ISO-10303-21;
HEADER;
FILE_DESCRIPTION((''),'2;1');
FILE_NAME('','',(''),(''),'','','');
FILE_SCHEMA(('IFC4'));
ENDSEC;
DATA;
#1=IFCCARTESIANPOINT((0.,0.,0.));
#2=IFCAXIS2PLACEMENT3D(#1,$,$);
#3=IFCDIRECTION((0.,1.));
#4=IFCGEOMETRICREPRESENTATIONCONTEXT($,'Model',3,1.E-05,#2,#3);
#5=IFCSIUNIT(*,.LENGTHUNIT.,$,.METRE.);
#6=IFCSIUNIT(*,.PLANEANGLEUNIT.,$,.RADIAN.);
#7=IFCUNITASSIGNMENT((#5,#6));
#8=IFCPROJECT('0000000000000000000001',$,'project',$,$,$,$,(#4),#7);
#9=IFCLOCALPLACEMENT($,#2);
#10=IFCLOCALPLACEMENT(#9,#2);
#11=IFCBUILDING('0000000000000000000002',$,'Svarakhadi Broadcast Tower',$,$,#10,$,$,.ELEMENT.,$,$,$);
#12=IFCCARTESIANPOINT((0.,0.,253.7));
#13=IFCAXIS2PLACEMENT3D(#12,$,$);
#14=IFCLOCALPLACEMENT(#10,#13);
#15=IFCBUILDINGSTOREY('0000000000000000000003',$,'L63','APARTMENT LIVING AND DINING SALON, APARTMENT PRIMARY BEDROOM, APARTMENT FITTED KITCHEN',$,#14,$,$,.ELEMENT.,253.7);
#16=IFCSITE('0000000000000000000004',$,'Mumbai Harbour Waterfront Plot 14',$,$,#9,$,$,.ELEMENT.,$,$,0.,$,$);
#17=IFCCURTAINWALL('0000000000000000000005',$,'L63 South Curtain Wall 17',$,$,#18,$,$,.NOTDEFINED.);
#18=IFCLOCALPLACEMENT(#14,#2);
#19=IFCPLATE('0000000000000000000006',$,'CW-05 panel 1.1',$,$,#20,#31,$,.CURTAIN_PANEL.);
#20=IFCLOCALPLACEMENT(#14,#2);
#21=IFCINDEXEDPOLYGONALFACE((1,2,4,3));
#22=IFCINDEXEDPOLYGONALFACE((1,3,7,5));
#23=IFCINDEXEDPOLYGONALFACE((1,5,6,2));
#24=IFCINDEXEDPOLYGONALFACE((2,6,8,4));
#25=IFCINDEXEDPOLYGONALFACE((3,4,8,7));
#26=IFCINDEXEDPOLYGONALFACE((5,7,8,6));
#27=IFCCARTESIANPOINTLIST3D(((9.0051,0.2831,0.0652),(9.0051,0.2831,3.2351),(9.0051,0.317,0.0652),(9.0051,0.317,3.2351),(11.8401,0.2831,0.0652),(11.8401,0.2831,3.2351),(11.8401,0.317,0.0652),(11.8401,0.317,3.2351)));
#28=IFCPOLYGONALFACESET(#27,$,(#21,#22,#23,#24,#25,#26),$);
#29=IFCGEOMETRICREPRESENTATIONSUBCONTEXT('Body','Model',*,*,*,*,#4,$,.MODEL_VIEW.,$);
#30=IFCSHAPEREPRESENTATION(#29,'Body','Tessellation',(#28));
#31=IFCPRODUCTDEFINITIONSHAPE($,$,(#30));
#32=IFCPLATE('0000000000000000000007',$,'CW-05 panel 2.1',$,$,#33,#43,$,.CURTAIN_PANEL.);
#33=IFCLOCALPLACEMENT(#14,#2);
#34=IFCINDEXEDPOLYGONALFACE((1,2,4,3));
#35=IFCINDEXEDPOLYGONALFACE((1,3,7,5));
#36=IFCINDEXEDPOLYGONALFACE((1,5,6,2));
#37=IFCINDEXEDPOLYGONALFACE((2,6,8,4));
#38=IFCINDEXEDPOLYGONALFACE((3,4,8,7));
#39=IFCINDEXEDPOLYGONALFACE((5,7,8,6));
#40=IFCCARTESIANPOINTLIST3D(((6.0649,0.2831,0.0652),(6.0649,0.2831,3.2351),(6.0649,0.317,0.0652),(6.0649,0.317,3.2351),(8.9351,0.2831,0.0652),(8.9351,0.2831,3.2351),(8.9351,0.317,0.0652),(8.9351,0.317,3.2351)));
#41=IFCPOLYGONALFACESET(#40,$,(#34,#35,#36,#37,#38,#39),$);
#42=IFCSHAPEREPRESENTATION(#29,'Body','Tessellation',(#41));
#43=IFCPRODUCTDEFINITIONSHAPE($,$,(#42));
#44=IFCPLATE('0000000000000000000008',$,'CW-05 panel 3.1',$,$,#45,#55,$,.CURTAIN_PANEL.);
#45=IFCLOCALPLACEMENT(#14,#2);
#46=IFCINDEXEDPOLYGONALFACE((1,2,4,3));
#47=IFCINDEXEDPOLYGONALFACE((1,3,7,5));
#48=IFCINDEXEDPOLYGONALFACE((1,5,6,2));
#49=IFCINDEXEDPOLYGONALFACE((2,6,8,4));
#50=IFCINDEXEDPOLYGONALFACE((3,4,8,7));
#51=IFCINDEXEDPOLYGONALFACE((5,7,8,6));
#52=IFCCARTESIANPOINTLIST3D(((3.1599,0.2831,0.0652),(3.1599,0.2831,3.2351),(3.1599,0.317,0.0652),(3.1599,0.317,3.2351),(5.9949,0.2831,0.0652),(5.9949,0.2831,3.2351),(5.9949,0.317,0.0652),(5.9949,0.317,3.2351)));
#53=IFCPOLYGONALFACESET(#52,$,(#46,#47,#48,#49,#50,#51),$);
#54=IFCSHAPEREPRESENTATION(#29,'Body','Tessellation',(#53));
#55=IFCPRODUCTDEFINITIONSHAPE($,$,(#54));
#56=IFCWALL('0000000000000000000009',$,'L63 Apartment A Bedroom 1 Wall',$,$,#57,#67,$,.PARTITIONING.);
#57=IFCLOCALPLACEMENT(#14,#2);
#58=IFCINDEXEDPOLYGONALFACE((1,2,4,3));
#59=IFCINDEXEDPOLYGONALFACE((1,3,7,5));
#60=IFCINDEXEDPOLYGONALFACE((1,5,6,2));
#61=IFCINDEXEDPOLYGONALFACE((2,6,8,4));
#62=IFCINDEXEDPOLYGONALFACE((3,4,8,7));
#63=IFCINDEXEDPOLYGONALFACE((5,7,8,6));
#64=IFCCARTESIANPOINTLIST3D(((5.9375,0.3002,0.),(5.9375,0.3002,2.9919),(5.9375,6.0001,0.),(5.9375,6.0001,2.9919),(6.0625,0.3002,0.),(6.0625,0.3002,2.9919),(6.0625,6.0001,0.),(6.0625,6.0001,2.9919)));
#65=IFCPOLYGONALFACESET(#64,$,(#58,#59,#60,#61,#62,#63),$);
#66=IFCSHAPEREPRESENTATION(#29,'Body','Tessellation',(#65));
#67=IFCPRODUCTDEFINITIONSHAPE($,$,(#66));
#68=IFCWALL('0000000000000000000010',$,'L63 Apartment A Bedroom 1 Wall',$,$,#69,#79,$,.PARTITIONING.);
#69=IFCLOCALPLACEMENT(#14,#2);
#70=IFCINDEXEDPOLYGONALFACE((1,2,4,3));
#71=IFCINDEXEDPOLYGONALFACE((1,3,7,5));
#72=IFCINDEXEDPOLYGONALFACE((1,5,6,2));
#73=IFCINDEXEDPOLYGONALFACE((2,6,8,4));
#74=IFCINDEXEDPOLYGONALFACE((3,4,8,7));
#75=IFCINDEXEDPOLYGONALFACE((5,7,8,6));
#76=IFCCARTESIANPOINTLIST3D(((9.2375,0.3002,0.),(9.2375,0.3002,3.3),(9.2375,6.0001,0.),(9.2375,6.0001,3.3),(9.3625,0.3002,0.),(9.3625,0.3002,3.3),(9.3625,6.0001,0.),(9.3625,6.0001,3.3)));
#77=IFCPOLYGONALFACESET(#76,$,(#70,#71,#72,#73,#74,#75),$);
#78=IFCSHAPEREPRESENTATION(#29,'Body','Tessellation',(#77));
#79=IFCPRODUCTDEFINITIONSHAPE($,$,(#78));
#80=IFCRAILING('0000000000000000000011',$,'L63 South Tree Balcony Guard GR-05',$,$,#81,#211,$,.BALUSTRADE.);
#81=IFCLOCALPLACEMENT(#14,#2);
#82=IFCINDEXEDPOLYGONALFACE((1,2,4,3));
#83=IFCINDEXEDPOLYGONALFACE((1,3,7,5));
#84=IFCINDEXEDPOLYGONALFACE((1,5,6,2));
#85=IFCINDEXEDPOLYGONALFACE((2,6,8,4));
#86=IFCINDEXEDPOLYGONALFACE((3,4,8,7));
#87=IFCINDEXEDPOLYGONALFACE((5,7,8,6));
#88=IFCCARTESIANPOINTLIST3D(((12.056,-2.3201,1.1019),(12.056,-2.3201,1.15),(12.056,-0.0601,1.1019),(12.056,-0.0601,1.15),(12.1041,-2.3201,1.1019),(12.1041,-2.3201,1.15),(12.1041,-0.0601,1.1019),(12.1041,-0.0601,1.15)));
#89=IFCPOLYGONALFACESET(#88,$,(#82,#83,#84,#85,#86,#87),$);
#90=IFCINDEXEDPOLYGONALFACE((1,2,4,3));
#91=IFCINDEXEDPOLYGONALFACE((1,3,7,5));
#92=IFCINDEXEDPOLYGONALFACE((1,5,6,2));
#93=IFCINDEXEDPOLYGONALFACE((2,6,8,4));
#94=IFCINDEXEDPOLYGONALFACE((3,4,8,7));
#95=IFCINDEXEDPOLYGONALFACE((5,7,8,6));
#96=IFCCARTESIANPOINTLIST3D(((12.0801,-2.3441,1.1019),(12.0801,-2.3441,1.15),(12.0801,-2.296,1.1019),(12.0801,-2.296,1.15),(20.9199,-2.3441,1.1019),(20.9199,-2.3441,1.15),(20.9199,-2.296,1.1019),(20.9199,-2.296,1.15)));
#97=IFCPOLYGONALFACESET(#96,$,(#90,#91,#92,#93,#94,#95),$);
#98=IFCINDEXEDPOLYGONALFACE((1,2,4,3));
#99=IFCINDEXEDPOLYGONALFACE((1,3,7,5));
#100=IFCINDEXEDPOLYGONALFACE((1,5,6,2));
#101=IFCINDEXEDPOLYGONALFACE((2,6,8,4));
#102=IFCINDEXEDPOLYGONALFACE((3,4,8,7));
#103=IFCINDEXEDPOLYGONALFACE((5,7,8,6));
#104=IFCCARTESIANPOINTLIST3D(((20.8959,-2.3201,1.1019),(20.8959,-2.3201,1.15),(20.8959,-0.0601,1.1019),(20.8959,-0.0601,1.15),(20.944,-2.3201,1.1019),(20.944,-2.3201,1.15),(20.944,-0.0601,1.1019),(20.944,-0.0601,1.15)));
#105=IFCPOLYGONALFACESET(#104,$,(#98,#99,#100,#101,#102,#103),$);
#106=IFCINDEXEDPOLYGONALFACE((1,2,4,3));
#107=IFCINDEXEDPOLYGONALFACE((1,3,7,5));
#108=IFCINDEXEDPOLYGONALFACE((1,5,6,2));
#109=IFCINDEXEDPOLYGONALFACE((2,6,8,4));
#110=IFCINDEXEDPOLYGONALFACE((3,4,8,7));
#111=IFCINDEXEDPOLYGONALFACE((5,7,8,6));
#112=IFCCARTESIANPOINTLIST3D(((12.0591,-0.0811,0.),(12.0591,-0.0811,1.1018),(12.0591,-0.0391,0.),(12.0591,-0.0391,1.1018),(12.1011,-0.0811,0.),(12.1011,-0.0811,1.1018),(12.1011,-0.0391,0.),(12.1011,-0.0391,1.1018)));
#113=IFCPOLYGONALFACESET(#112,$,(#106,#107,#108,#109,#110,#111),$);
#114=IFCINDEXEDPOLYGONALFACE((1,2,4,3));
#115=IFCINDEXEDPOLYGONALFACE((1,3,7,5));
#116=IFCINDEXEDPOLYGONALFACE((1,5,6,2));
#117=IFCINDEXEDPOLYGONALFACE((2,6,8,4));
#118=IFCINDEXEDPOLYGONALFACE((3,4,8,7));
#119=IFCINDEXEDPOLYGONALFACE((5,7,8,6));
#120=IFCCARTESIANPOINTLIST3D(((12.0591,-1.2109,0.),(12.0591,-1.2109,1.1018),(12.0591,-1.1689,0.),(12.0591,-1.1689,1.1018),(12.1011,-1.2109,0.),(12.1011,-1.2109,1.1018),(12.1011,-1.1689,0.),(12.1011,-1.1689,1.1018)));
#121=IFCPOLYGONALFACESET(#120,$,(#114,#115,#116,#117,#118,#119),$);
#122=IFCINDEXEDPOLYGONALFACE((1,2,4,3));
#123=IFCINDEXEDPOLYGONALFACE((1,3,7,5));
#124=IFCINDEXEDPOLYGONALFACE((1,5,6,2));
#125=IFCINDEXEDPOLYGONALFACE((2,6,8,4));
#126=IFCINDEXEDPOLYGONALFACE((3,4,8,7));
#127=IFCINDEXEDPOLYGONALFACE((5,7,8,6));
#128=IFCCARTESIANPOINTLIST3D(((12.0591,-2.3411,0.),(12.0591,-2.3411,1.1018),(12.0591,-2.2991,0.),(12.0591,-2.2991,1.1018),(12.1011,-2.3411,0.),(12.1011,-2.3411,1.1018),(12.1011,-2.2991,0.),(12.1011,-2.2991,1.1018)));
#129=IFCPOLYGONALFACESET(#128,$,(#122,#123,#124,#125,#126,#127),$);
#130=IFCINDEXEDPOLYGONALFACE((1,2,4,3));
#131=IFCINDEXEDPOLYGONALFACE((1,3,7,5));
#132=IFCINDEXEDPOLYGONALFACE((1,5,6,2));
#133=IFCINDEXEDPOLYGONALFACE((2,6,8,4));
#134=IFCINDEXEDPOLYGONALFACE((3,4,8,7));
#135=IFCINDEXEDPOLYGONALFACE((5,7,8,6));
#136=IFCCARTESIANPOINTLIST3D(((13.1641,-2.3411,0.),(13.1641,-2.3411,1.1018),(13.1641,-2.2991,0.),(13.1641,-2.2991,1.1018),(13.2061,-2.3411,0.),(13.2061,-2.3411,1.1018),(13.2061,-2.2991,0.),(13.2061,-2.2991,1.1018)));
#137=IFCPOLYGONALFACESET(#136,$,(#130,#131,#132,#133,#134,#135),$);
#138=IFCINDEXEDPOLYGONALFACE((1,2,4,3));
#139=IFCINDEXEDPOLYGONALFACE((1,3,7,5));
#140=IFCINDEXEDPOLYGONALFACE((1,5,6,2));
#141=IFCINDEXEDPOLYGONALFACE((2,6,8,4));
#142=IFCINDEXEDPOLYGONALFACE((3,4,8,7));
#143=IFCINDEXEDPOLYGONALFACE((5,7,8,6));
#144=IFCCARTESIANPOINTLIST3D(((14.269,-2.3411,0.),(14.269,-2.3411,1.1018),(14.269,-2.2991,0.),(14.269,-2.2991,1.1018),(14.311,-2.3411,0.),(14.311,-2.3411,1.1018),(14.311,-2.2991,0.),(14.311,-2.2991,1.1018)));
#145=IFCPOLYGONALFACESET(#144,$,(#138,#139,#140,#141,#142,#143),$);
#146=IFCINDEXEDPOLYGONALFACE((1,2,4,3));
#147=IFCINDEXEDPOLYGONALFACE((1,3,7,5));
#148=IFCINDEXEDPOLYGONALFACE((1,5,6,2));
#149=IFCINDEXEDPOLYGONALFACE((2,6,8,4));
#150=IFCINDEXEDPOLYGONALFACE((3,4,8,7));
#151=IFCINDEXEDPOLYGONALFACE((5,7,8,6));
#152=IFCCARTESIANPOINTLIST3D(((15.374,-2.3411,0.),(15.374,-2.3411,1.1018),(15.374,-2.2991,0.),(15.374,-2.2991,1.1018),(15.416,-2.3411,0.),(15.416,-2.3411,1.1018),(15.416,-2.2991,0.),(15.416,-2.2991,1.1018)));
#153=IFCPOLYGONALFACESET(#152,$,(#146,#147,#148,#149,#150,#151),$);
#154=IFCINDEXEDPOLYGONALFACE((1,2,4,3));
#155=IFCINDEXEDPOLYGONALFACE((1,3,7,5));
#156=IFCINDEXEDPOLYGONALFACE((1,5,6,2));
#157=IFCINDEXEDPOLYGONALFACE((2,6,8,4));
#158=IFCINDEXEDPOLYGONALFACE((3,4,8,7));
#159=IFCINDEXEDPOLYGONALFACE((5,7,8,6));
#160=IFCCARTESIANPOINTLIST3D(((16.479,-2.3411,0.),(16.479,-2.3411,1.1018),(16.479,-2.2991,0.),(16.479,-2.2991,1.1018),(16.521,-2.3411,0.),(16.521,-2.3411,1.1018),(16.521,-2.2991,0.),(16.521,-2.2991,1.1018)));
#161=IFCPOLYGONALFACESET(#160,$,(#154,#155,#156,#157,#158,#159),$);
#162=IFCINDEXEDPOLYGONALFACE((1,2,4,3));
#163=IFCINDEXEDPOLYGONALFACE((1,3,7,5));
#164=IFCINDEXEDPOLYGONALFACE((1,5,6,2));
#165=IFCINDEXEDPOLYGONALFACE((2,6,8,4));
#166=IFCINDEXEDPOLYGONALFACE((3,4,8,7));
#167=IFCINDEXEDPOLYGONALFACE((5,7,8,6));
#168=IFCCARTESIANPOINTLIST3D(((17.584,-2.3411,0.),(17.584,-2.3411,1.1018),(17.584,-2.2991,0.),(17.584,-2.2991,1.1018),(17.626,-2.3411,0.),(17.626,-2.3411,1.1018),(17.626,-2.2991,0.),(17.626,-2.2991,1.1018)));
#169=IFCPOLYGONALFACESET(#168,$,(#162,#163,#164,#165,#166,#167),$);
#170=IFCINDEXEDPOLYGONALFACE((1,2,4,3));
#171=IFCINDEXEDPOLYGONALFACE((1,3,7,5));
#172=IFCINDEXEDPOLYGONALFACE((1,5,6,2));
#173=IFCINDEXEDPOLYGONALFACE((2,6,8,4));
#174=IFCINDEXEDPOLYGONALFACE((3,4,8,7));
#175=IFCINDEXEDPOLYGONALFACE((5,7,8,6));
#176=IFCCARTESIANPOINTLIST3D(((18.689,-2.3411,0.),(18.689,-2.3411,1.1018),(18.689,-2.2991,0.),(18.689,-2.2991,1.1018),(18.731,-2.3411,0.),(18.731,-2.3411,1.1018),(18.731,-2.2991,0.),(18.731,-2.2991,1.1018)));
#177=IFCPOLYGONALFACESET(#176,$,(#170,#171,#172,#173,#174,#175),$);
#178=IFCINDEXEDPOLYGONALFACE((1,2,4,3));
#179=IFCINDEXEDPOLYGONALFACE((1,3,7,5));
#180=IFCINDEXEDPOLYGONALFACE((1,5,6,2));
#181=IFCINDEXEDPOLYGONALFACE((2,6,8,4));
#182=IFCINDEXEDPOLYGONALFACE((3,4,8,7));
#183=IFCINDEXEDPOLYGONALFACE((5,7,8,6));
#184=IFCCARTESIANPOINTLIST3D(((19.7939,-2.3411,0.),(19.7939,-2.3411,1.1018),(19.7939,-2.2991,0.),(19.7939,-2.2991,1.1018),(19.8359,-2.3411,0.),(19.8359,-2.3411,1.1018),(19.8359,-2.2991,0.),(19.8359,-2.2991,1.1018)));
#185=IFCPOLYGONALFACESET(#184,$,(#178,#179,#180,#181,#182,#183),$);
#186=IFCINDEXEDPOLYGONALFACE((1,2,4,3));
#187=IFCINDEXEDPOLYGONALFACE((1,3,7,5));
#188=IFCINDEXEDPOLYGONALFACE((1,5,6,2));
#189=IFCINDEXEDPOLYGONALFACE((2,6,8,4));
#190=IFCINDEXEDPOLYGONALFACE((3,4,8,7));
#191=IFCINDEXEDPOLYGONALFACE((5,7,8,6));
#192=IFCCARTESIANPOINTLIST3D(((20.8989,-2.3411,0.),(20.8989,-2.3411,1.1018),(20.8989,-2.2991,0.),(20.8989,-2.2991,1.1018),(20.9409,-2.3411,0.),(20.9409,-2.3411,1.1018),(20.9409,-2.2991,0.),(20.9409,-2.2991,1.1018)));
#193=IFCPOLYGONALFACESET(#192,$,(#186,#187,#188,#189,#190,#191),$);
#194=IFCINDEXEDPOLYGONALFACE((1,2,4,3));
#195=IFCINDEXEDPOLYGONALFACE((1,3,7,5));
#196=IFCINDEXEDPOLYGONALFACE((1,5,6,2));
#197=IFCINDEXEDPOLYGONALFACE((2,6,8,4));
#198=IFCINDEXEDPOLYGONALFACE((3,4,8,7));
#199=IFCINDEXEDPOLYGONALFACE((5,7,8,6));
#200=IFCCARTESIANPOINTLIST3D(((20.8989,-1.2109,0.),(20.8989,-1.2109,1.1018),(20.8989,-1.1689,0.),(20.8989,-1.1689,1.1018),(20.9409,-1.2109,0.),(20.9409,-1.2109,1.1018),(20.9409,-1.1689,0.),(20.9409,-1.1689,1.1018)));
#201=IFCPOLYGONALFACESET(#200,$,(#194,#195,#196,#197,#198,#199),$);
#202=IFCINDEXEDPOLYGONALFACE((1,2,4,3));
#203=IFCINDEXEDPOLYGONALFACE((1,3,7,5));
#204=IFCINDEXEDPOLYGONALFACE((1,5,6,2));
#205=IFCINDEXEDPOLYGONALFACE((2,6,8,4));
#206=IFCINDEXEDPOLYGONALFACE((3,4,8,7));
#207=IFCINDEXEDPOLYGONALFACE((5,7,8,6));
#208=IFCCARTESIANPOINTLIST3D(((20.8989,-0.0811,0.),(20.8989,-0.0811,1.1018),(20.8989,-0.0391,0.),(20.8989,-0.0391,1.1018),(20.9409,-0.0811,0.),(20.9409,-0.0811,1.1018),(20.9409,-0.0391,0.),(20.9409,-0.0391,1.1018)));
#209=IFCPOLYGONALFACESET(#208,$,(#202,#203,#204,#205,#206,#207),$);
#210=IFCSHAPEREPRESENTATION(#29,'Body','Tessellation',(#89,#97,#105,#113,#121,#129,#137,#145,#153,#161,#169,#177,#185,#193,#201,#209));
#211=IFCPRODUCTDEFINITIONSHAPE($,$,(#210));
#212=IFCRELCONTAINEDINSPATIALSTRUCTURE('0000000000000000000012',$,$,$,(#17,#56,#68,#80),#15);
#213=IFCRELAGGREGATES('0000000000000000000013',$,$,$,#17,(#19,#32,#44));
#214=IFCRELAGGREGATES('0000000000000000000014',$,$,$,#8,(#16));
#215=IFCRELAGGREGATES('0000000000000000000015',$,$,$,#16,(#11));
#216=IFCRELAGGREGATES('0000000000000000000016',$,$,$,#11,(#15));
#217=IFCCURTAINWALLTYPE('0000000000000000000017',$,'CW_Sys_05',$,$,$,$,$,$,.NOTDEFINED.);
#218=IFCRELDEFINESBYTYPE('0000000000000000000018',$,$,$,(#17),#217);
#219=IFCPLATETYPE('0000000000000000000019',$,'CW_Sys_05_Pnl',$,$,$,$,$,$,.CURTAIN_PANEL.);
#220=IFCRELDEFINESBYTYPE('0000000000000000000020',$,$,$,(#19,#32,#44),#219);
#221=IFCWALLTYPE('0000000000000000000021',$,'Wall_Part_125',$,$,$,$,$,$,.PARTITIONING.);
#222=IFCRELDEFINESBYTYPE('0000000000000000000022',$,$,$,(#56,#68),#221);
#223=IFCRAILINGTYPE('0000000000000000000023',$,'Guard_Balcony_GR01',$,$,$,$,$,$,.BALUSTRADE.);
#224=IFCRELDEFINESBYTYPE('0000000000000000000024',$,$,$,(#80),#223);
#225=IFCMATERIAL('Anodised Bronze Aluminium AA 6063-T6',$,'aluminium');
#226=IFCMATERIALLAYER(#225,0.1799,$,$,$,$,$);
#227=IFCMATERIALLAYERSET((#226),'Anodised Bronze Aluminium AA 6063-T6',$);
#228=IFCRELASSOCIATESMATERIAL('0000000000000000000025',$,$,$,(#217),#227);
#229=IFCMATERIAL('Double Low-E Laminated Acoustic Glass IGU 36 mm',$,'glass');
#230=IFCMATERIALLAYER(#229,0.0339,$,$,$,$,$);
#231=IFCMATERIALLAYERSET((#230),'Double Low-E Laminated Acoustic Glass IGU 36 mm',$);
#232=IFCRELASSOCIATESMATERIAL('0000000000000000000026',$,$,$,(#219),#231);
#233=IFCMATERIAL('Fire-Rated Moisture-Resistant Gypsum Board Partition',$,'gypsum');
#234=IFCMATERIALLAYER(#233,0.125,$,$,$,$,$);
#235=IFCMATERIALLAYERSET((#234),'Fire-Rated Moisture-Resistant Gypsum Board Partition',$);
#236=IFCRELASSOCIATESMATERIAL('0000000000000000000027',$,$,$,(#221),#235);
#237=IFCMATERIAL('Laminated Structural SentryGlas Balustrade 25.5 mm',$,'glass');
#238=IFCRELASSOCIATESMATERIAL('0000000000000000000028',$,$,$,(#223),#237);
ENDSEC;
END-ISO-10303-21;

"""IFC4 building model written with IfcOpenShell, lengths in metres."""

from ifc_helpers import new_model, si_unit, direction, frame, frame_2d, origin, origin_2d, place, context, subcontext, project, spatial, rectangle, extrude, material, layer, layer_set, type_object, element, aggregate, save


model = new_model("IFC4")

# Units and contexts
model_context = context("Model", 3, precision=1e-05, world=origin(), true_north=direction((0.0, 1.0)))
body_context = subcontext(model_context, "Body", "Model", "MODEL_VIEW")
ifc_project = project(units=[si_unit("LENGTHUNIT", "METRE"), si_unit("PLANEANGLEUNIT", "RADIAN")], contexts=[model_context])

# Site, building, storey
site_placement = place(None, origin())
site = spatial("IfcSite", under=ifc_project, at=site_placement, Name="Mumbai Harbour Waterfront Plot 14", CompositionType="ELEMENT", RefElevation=0.0)
building_placement = place(site_placement, origin())
building = spatial("IfcBuilding", under=site, at=building_placement, Name="Svarakhadi Broadcast Tower", CompositionType="ELEMENT")
storey_placement = place(building_placement, frame((0.0, 0.0, 253.7)))
storey = spatial("IfcBuildingStorey", under=building, at=storey_placement, Name="L63", Description="APARTMENT LIVING AND DINING SALON, APARTMENT PRIMARY BEDROOM, APARTMENT FITTED KITCHEN", CompositionType="ELEMENT", Elevation=253.7)

# Curtain wall
ifc_material_1 = material(Name="Anodised Bronze Aluminium AA 6063-T6", Category="aluminium")
ifc_layer_1 = layer(ifc_material_1, 0.1799)
ifc_layer_set_1 = layer_set([ifc_layer_1], Name="Anodised Bronze Aluminium AA 6063-T6")
curtain_wall_type = type_object("IfcCurtainWallType", Name="CW_Sys_05", PredefinedType="NOTDEFINED", material=ifc_layer_set_1)
curtain_wall_placement = place(storey_placement, origin())
curtain_wall = element("IfcCurtainWall", 1, at=curtain_wall_placement, inside=storey, type_object=curtain_wall_type, Name="L63 South Curtain Wall 17", PredefinedType="NOTDEFINED")

# Plates
ifc_material_2 = material(Name="Double Low-E Laminated Acoustic Glass IGU 36 mm", Category="glass")
ifc_layer_2 = layer(ifc_material_2, 0.0339)
ifc_layer_set_2 = layer_set([ifc_layer_2], Name="Double Low-E Laminated Acoustic Glass IGU 36 mm")
plate_type = type_object("IfcPlateType", Name="CW_Sys_05_Pnl", PredefinedType="CURTAIN_PANEL", material=ifc_layer_set_2)
plate_1_placement = place(storey_placement, frame((10.4226, 0.3, 0.0652), z_axis=(0.0, 0.0, 1.0), x_axis=(-1.0, 0.0, 0.0)))
plate_1 = element("IfcPlate", 2, at=plate_1_placement, type_object=plate_type, Name="CW-05 panel 1.1", PredefinedType="CURTAIN_PANEL", context=body_context, shape_type="SweptSolid", body=[
    extrude(rectangle(XDim=2.835, YDim=0.0339, at=origin_2d()), origin(), (0.0, 0.0, 1.0), 3.1699),
])
plate_2_placement = place(storey_placement, frame((7.5, 0.3, 0.0652), z_axis=(0.0, 0.0, 1.0), x_axis=(-1.0, 0.0, 0.0)))
plate_2 = element("IfcPlate", 3, at=plate_2_placement, type_object=plate_type, Name="CW-05 panel 2.1", PredefinedType="CURTAIN_PANEL", context=body_context, shape_type="SweptSolid", body=[
    extrude(rectangle(XDim=2.8701, YDim=0.0339, at=origin_2d()), origin(), (0.0, 0.0, 1.0), 3.1699),
])
plate_3_placement = place(storey_placement, frame((4.5774, 0.3, 0.0652), z_axis=(0.0, 0.0, 1.0), x_axis=(-1.0, 0.0, 0.0)))
plate_3 = element("IfcPlate", 4, at=plate_3_placement, type_object=plate_type, Name="CW-05 panel 3.1", PredefinedType="CURTAIN_PANEL", context=body_context, shape_type="SweptSolid", body=[
    extrude(rectangle(XDim=2.835, YDim=0.0339, at=origin_2d()), origin(), (0.0, 0.0, 1.0), 3.1699),
])
aggregate(curtain_wall, [plate_1, plate_2, plate_3])

# Walls
ifc_material_3 = material(Name="Fire-Rated Moisture-Resistant Gypsum Board Partition", Category="gypsum")
ifc_layer_3 = layer(ifc_material_3, 0.125)
ifc_layer_set_3 = layer_set([ifc_layer_3], Name="Fire-Rated Moisture-Resistant Gypsum Board Partition")
wall_type = type_object("IfcWallType", Name="Wall_Part_125", PredefinedType="PARTITIONING", material=ifc_layer_set_3)
wall_1_placement = place(storey_placement, frame((6.0, 0.3, 0.0), z_axis=(0.0, 0.0, 1.0), x_axis=(0.0, 1.0, 0.0)))
element("IfcWall", 5, at=wall_1_placement, inside=storey, type_object=wall_type, Name="L63 Apartment A Bedroom 1 Wall", PredefinedType="PARTITIONING", context=body_context, shape_type="SweptSolid", body=[
    extrude(rectangle(XDim=5.7, YDim=0.125, at=frame_2d((2.8501, 0.0))), origin(), (0.0, 0.0, 1.0), 2.9919),
])
wall_2_placement = place(storey_placement, frame((9.3, 0.3, 0.0), z_axis=(0.0, 0.0, 1.0), x_axis=(0.0, 1.0, 0.0)))
element("IfcWall", 6, at=wall_2_placement, inside=storey, type_object=wall_type, Name="L63 Apartment A Bedroom 1 Wall", PredefinedType="PARTITIONING", context=body_context, shape_type="SweptSolid", body=[
    extrude(rectangle(XDim=5.7, YDim=0.125, at=frame_2d((2.8501, 0.0))), origin(), (0.0, 0.0, 1.0), 3.3),
])

# Railing
ifc_material_4 = material(Name="Laminated Structural SentryGlas Balustrade 25.5 mm", Category="glass")
railing_type = type_object("IfcRailingType", Name="Guard_Balcony_GR01", PredefinedType="BALUSTRADE", material=ifc_material_4)
railing_placement = place(storey_placement, frame((12.0801, -0.0601, 0.0)))
element("IfcRailing", 7, at=railing_placement, inside=storey, type_object=railing_type, Name="L63 South Tree Balcony Guard GR-05", PredefinedType="BALUSTRADE", context=body_context, shape_type="SweptSolid", body=[
    extrude(rectangle(XDim=0.0481, YDim=0.0481, at=origin_2d()), frame((0.0, 0.0, 1.126), z_axis=(0.0, -1.0, 0.0), x_axis=(1.0, 0.0, 0.0)), (0.0, 0.0, 1.0), 2.26),
    extrude(rectangle(XDim=0.0481, YDim=0.0481, at=origin_2d()), frame((0.0, -2.26, 1.126), z_axis=(1.0, 0.0, 0.0), x_axis=(0.0, 1.0, 0.0)), (0.0, 0.0, 1.0), 8.8398),
    extrude(rectangle(XDim=0.0481, YDim=0.0481, at=origin_2d()), frame((8.8398, -2.26, 1.126), z_axis=(0.0, 1.0, 0.0), x_axis=(-1.0, 0.0, 0.0)), (0.0, 0.0, 1.0), 2.26),
    extrude(rectangle(XDim=0.042, YDim=0.042, at=origin_2d()), origin(), (0.0, 0.0, 1.0), 1.1018),
    extrude(rectangle(XDim=0.042, YDim=0.042, at=origin_2d()), frame((0.0, -1.1299, 0.0)), (0.0, 0.0, 1.0), 1.1018),
    extrude(rectangle(XDim=0.042, YDim=0.042, at=origin_2d()), frame((0.0, -2.26, 0.0)), (0.0, 0.0, 1.0), 1.1018),
    extrude(rectangle(XDim=0.042, YDim=0.042, at=origin_2d()), frame((1.105, -2.26, 0.0)), (0.0, 0.0, 1.0), 1.1018),
    extrude(rectangle(XDim=0.042, YDim=0.042, at=origin_2d()), frame((2.21, -2.26, 0.0)), (0.0, 0.0, 1.0), 1.1018),
    extrude(rectangle(XDim=0.042, YDim=0.042, at=origin_2d()), frame((3.3149, -2.26, 0.0)), (0.0, 0.0, 1.0), 1.1018),
    extrude(rectangle(XDim=0.042, YDim=0.042, at=origin_2d()), frame((4.4199, -2.26, 0.0)), (0.0, 0.0, 1.0), 1.1018),
    extrude(rectangle(XDim=0.042, YDim=0.042, at=origin_2d()), frame((5.5249, -2.26, 0.0)), (0.0, 0.0, 1.0), 1.1018),
    extrude(rectangle(XDim=0.042, YDim=0.042, at=origin_2d()), frame((6.6299, -2.26, 0.0)), (0.0, 0.0, 1.0), 1.1018),
    extrude(rectangle(XDim=0.042, YDim=0.042, at=origin_2d()), frame((7.7349, -2.26, 0.0)), (0.0, 0.0, 1.0), 1.1018),
    extrude(rectangle(XDim=0.042, YDim=0.042, at=origin_2d()), frame((8.8398, -2.26, 0.0)), (0.0, 0.0, 1.0), 1.1018),
    extrude(rectangle(XDim=0.042, YDim=0.042, at=origin_2d()), frame((8.8398, -1.1299, 0.0)), (0.0, 0.0, 1.0), 1.1018),
    extrude(rectangle(XDim=0.042, YDim=0.042, at=origin_2d()), frame((8.8398, 0.0, 0.0)), (0.0, 0.0, 1.0), 1.1018),
])

save(model, "model.ifc")
